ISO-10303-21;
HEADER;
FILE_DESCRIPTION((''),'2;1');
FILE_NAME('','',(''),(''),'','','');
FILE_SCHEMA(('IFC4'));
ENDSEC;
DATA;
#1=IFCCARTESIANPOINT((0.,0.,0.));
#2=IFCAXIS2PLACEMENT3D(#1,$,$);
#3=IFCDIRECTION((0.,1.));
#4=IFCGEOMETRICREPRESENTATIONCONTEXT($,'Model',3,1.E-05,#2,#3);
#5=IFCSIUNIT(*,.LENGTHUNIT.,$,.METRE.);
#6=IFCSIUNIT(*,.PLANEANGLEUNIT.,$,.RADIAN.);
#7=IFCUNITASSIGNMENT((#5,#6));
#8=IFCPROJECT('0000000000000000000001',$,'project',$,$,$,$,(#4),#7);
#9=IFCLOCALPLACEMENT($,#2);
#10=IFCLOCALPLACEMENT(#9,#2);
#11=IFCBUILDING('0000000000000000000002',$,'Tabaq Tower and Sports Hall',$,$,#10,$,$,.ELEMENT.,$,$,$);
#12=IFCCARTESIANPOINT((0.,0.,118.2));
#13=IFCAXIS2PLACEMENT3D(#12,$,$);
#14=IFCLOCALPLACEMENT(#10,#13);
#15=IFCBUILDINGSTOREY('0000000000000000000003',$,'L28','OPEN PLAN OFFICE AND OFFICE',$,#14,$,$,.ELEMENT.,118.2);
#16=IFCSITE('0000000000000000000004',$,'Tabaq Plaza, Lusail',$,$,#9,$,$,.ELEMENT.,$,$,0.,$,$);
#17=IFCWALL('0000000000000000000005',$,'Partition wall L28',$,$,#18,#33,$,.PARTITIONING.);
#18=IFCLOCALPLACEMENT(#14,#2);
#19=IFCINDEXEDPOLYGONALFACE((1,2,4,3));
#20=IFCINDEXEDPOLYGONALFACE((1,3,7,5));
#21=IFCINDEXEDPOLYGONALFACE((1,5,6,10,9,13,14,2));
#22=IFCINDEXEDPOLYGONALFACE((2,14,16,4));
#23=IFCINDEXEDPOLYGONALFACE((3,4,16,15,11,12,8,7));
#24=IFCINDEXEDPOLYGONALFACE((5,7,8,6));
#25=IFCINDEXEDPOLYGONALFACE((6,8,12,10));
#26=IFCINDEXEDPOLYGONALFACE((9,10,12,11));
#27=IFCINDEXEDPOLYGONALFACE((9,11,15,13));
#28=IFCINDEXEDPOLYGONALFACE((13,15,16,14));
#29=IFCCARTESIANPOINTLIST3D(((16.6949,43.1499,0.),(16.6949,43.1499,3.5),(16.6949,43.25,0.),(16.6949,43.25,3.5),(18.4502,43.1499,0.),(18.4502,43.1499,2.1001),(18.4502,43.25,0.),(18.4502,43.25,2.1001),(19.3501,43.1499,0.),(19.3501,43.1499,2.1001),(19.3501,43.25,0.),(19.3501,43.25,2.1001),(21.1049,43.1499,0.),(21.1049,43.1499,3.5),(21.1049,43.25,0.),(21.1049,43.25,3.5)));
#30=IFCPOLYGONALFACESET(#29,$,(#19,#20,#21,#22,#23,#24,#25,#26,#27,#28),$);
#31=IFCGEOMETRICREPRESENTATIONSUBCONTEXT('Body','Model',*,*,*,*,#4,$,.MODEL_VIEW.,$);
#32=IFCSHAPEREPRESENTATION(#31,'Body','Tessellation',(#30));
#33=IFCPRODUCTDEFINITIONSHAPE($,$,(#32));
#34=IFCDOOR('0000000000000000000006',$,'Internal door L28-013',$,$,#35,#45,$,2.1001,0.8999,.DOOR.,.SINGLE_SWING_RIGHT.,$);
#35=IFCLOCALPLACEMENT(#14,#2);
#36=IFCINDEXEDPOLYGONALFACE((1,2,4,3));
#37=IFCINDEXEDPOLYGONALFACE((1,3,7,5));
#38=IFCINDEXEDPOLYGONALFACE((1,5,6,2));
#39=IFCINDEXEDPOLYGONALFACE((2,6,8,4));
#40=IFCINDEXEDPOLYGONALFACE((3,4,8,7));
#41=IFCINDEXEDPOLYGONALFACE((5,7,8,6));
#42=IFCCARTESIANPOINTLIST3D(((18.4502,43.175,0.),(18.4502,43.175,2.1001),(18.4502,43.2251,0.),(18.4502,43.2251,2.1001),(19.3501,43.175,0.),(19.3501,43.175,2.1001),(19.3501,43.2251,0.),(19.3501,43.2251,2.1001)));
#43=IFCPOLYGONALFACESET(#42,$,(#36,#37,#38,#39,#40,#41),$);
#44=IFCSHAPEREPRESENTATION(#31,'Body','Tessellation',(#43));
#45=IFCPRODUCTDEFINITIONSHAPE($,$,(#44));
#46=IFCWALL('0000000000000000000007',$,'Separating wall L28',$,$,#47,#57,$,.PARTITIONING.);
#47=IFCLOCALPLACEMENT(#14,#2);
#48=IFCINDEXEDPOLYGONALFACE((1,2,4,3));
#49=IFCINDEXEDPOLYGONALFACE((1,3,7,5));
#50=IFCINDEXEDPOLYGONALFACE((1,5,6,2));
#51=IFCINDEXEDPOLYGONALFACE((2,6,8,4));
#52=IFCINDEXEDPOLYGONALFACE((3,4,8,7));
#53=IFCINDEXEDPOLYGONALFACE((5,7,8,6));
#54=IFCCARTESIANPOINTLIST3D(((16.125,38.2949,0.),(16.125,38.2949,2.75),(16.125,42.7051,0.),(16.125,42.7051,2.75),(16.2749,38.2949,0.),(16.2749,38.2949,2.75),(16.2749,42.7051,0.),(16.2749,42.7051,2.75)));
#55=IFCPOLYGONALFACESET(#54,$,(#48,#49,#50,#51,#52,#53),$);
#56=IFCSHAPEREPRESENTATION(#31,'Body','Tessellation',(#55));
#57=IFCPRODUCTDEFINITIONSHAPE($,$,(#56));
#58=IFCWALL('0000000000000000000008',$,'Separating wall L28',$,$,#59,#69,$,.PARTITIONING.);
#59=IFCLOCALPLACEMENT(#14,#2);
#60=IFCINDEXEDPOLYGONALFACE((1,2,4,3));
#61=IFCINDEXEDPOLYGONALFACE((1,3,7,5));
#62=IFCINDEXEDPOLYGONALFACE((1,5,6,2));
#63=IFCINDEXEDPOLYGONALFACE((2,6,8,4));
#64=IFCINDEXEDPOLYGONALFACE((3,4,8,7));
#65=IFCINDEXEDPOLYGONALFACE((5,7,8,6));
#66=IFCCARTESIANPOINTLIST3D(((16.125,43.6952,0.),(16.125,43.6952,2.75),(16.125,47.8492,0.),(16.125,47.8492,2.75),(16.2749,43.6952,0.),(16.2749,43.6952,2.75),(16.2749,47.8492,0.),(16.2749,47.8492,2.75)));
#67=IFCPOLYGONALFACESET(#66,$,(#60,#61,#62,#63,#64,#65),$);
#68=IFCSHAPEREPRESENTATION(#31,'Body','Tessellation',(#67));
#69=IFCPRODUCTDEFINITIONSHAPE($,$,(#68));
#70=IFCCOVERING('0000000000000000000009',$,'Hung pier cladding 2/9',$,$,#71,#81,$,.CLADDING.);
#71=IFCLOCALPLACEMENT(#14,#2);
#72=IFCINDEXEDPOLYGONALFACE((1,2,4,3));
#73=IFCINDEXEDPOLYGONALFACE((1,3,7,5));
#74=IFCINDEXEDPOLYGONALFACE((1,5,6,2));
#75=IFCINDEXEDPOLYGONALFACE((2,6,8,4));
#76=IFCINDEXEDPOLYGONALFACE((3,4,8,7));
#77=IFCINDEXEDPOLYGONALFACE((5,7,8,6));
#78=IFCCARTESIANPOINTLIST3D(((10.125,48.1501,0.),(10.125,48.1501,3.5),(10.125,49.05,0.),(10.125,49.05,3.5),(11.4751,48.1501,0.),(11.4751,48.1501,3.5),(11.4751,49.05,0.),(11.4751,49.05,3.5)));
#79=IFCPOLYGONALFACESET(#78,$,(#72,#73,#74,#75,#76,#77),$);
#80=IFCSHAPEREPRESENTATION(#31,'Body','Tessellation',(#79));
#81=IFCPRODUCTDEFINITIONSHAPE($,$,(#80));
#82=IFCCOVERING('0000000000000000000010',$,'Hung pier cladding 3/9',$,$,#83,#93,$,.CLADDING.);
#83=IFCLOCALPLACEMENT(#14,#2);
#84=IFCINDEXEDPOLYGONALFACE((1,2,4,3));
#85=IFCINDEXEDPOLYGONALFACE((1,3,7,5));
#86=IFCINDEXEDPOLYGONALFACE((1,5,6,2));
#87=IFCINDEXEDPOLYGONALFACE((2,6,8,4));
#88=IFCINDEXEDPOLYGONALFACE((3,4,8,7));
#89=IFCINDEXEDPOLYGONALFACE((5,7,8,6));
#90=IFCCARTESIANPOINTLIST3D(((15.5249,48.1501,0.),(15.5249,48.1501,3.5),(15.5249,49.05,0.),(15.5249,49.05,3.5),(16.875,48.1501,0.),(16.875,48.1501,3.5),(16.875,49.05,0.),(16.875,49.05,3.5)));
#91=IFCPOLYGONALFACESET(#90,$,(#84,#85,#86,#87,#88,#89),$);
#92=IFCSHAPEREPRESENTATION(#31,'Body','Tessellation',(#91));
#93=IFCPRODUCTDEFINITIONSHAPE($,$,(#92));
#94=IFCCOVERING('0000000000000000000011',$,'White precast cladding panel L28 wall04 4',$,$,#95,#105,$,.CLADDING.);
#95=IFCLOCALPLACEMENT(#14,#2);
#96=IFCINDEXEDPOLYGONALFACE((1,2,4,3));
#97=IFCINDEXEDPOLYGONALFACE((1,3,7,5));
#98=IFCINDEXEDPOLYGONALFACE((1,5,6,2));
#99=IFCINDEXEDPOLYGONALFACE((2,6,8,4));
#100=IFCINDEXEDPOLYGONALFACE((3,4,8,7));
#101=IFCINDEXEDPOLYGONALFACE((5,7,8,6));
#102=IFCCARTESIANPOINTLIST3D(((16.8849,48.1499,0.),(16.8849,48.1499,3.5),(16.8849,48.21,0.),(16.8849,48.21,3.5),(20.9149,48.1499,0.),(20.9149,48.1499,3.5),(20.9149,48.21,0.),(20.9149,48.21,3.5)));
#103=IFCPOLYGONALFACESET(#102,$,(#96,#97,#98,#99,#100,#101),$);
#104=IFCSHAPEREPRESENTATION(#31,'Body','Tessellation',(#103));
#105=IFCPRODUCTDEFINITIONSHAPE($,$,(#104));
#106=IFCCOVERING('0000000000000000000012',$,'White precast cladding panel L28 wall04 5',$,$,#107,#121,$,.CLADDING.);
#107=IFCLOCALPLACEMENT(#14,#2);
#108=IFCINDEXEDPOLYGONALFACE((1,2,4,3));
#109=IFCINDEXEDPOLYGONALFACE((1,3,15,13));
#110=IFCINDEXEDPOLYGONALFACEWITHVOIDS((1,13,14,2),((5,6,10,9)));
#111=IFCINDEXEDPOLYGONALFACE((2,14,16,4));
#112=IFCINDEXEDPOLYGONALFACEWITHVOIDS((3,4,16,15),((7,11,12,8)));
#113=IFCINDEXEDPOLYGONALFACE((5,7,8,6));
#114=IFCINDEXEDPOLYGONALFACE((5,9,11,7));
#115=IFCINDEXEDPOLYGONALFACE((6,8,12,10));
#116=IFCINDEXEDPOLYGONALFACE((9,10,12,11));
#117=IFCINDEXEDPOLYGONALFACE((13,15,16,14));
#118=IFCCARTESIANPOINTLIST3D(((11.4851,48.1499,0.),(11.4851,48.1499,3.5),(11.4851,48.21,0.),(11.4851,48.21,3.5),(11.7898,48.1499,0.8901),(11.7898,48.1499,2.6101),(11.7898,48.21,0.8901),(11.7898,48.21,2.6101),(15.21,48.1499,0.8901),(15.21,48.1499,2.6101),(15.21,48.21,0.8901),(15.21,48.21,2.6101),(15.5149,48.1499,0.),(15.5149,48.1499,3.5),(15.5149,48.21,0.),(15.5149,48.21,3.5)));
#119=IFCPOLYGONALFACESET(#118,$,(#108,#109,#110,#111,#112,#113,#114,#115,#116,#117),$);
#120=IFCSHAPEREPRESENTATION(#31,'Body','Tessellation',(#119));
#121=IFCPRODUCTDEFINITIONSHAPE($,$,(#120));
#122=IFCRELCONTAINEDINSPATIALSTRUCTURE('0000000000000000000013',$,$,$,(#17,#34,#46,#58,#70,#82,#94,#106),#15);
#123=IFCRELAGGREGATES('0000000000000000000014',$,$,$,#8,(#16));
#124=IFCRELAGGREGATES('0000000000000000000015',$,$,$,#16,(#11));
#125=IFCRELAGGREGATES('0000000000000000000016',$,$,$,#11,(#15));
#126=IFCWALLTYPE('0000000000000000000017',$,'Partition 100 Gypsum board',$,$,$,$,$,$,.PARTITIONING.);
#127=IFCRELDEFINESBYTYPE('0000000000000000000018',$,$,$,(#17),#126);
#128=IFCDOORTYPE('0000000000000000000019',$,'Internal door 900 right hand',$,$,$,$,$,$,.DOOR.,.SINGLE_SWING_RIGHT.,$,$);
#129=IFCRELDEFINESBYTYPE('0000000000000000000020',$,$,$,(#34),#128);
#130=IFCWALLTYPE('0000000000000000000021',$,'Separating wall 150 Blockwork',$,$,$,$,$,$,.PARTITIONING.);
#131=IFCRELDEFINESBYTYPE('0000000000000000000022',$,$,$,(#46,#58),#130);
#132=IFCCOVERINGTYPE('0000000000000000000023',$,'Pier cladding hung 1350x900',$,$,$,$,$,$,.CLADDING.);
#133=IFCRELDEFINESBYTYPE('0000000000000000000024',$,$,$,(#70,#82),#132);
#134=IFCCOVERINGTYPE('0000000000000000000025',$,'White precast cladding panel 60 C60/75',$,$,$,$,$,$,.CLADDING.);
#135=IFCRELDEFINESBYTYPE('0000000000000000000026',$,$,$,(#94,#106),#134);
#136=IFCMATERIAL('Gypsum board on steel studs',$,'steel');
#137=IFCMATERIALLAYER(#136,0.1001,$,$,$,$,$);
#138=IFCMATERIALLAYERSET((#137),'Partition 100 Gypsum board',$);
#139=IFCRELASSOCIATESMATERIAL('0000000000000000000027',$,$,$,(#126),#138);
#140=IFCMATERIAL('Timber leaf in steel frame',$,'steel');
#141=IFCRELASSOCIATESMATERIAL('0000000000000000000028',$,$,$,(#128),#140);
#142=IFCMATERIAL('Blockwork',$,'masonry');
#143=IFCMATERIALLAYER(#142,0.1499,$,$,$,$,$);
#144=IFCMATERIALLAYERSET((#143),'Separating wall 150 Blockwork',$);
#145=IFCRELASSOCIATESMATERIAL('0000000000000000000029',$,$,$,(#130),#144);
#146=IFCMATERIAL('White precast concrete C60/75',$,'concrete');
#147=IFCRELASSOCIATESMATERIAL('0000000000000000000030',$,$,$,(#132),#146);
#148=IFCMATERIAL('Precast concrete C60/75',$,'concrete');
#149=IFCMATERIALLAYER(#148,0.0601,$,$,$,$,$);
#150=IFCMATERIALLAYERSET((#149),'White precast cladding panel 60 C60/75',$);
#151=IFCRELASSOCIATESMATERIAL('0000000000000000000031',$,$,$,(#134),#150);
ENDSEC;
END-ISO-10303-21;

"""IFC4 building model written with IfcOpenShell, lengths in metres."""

from ifc_helpers import new_model, si_unit, direction, frame, frame_2d, origin, place, context, subcontext, project, spatial, polyline, rectangle, outline, extrude, material, layer, layer_set, type_object, element, fill, save


model = new_model("IFC4")

# Units and contexts
model_context = context("Model", 3, precision=1e-05, world=origin(), true_north=direction((0.0, 1.0)))
body_context = subcontext(model_context, "Body", "Model", "MODEL_VIEW")
ifc_project = project(units=[si_unit("LENGTHUNIT", "METRE"), si_unit("PLANEANGLEUNIT", "RADIAN")], contexts=[model_context])

# Site, building, storey
site_placement = place(None, origin())
site = spatial("IfcSite", under=ifc_project, at=site_placement, Name="Tabaq Plaza, Lusail", CompositionType="ELEMENT", RefElevation=0.0)
building_placement = place(site_placement, origin())
building = spatial("IfcBuilding", under=site, at=building_placement, Name="Tabaq Tower and Sports Hall", CompositionType="ELEMENT")
storey_placement = place(building_placement, frame((0.0, 0.0, 118.2)))
storey = spatial("IfcBuildingStorey", under=building, at=storey_placement, Name="L28", Description="OPEN PLAN OFFICE AND OFFICE", CompositionType="ELEMENT", Elevation=118.2)

# Shared definitions
ifc_material_1 = material(Name="Gypsum board on steel studs", Category="steel")
ifc_layer_1 = layer(ifc_material_1, 0.1001)
ifc_layer_set_1 = layer_set([ifc_layer_1], Name="Partition 100 Gypsum board")
wall_type_1 = type_object("IfcWallType", Name="Partition 100 Gypsum board", PredefinedType="PARTITIONING", material=ifc_layer_set_1)

# Wall, opening, door
wall_1_placement = place(storey_placement, frame((21.105, 43.2, 0.0), z_axis=(0.0, 0.0, 1.0), x_axis=(-1.0, 0.0, 0.0)))
wall_1 = element("IfcWall", 1, at=wall_1_placement, inside=storey, type_object=wall_type_1, Name="Partition wall L28", PredefinedType="PARTITIONING", context=body_context, shape_type="SweptSolid", body=[
    extrude(rectangle(XDim=4.4099, YDim=0.1001, at=frame_2d((2.2051, 0.0))), origin(), (0.0, 0.0, 1.0), 3.5),
])
opening_1_placement = place(wall_1_placement, frame((1.7549, 0.0, 0.0)))
opening_1 = element("IfcOpeningElement", 2, at=opening_1_placement, cuts=wall_1, PredefinedType="OPENING", context=body_context, shape_type="SweptSolid", body=[
    extrude(rectangle(XDim=0.8999, YDim=2.1001, at=frame_2d((0.45, 1.05))), frame((0.0, 0.05, 0.0), z_axis=(0.0, -1.0, 0.0), x_axis=(1.0, 0.0, 0.0)), (0.0, 0.0, 1.0), 0.1001),
])
ifc_material_2 = material(Name="Timber leaf in steel frame", Category="steel")
door_type_1 = type_object("IfcDoorType", Name="Internal door 900 right hand", OperationType="SINGLE_SWING_RIGHT", PredefinedType="DOOR", material=ifc_material_2)
door_1_placement = place(opening_1_placement, origin())
door_1 = element("IfcDoor", 3, at=door_1_placement, inside=storey, type_object=door_type_1, Name="Internal door L28-013", OperationType="SINGLE_SWING_RIGHT", OverallHeight=2.1001, OverallWidth=0.8999, PredefinedType="DOOR", context=body_context, shape_type="SweptSolid", body=[
    extrude(rectangle(XDim=0.8999, YDim=2.1001, at=frame_2d((0.45, 1.05))), frame((0.0, 0.0249, 0.0), z_axis=(0.0, -1.0, 0.0), x_axis=(1.0, 0.0, 0.0)), (0.0, 0.0, 1.0), 0.05),
])
fill(opening_1, door_1)

# Walls
ifc_material_3 = material(Name="Blockwork", Category="masonry")
ifc_layer_2 = layer(ifc_material_3, 0.1499)
ifc_layer_set_2 = layer_set([ifc_layer_2], Name="Separating wall 150 Blockwork")
wall_type_2 = type_object("IfcWallType", Name="Separating wall 150 Blockwork", PredefinedType="PARTITIONING", material=ifc_layer_set_2)
wall_2_placement = place(storey_placement, frame((16.2, 38.2949, 0.0), z_axis=(0.0, 0.0, 1.0), x_axis=(0.0, 1.0, 0.0)))
element("IfcWall", 4, at=wall_2_placement, inside=storey, type_object=wall_type_2, Name="Separating wall L28", PredefinedType="PARTITIONING", context=body_context, shape_type="SweptSolid", body=[
    extrude(rectangle(XDim=4.4102, YDim=0.1499, at=frame_2d((2.2051, 0.0))), origin(), (0.0, 0.0, 1.0), 2.75),
])
wall_3_placement = place(storey_placement, frame((16.2, 43.6951, 0.0), z_axis=(0.0, 0.0, 1.0), x_axis=(0.0, 1.0, 0.0)))
element("IfcWall", 5, at=wall_3_placement, inside=storey, type_object=wall_type_2, Name="Separating wall L28", PredefinedType="PARTITIONING", context=body_context, shape_type="SweptSolid", body=[
    extrude(rectangle(XDim=4.1541, YDim=0.1499, at=frame_2d((2.0771, 0.0))), origin(), (0.0, 0.0, 1.0), 2.75),
])

# Coverings
ifc_material_4 = material(Name="White precast concrete C60/75", Category="concrete")
covering_type_1 = type_object("IfcCoveringType", Name="Pier cladding hung 1350x900", PredefinedType="CLADDING", material=ifc_material_4)
for number, where, z_axis, x_axis, name in (
    (6, (11.4751, 48.6001, 0.0), (0.0, 0.0, 1.0), (-1.0, 0.0, 0.0), "Hung pier cladding 2/9"),
    (7, (16.875, 48.6001, 0.0), (0.0, 0.0, 1.0), (-1.0, 0.0, 0.0), "Hung pier cladding 3/9"),
):
    element("IfcCovering", number, at=place(storey_placement, frame(where, z_axis=z_axis, x_axis=x_axis)), inside=storey, type_object=covering_type_1, Name=name, PredefinedType="CLADDING", context=body_context, shape_type="SweptSolid", body=[
        extrude(rectangle(XDim=1.3501, YDim=0.8999, at=frame_2d((0.675, 0.0))), origin(), (0.0, 0.0, 1.0), 3.5),
    ])
ifc_material_5 = material(Name="Precast concrete C60/75", Category="concrete")
ifc_layer_3 = layer(ifc_material_5, 0.0601)
ifc_layer_set_3 = layer_set([ifc_layer_3], Name="White precast cladding panel 60 C60/75")
covering_type_2 = type_object("IfcCoveringType", Name="White precast cladding panel 60 C60/75", PredefinedType="CLADDING", material=ifc_layer_set_3)
covering_1_placement = place(storey_placement, frame((20.915, 48.1799, 0.0), z_axis=(0.0, 0.0, 1.0), x_axis=(-1.0, 0.0, 0.0)))
element("IfcCovering", 8, at=covering_1_placement, inside=storey, type_object=covering_type_2, Name="White precast cladding panel L28 wall04 4", PredefinedType="CLADDING", context=body_context, shape_type="SweptSolid", body=[
    extrude(rectangle(XDim=4.03, YDim=0.0601, at=frame_2d((2.0151, 0.0))), origin(), (0.0, 0.0, 1.0), 3.5),
])
covering_2_placement = place(storey_placement, frame((15.5149, 48.1799, 0.0), z_axis=(0.0, 0.0, 1.0), x_axis=(-1.0, 0.0, 0.0)))
element("IfcCovering", 9, at=covering_2_placement, inside=storey, type_object=covering_type_2, Name="White precast cladding panel L28 wall04 5", PredefinedType="CLADDING", context=body_context, shape_type="SweptSolid", body=[
    extrude(outline(polyline([(0.0, 0.0), (4.0298, 0.0), (4.0298, 3.5), (0.0, 3.5), (0.0, 0.0)]), holes=[polyline([(0.3049, 0.8901), (0.3049, 2.6101), (3.7251, 2.6101), (3.7251, 0.8901), (0.3049, 0.8901)])]), frame((0.0, 0.03, 0.0), z_axis=(0.0, -1.0, 0.0), x_axis=(1.0, 0.0, 0.0)), (0.0, 0.0, 1.0), 0.0601),
])

save(model, "model.ifc")
